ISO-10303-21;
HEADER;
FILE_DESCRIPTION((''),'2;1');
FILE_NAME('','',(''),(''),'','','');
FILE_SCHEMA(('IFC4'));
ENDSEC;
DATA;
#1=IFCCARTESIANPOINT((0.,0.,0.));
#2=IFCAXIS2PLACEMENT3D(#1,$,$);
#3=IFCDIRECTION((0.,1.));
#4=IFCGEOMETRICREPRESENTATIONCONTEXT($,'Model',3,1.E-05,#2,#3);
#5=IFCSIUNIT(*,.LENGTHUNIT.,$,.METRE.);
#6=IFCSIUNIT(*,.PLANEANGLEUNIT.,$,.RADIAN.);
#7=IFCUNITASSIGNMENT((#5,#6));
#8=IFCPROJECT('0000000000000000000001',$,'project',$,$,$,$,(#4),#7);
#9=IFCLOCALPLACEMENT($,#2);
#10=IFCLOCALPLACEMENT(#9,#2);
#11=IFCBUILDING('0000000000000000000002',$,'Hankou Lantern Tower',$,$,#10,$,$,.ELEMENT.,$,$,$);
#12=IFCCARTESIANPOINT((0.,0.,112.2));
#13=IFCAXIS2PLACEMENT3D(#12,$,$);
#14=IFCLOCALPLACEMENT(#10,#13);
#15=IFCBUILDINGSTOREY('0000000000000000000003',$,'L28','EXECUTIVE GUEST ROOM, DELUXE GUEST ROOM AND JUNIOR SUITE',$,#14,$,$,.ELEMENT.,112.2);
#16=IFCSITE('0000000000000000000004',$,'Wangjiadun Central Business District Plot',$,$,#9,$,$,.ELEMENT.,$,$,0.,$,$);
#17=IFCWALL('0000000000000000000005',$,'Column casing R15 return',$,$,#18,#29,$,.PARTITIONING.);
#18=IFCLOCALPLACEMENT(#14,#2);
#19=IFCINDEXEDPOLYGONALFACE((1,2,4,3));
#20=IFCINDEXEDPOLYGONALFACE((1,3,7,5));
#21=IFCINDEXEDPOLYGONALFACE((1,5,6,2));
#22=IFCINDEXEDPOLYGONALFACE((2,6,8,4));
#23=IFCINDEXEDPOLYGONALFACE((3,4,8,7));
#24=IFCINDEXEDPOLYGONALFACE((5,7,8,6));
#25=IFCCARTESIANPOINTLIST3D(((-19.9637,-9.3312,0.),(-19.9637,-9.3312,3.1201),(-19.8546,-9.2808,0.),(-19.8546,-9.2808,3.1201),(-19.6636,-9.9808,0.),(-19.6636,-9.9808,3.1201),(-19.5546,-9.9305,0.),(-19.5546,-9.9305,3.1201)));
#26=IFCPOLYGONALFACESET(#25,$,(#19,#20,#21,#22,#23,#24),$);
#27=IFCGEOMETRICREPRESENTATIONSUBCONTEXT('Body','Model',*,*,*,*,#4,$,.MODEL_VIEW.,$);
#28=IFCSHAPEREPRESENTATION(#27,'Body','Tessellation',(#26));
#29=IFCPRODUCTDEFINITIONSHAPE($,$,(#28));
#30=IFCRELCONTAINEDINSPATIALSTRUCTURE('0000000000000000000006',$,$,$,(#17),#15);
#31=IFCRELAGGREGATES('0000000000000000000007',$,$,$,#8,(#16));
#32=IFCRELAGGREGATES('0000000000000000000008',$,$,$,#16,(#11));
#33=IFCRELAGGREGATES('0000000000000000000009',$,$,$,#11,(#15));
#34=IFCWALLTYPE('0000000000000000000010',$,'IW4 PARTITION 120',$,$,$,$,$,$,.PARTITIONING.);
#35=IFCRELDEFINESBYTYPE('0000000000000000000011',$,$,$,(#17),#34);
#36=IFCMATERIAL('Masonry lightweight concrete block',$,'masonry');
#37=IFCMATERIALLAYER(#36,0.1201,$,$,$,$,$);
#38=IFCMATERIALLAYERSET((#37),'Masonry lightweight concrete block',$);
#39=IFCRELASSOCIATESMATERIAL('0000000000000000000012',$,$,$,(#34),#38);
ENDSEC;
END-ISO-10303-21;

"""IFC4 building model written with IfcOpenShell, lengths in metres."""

from ifc_helpers import new_model, si_unit, direction, frame, frame_2d, origin, place, context, subcontext, project, spatial, rectangle, extrude, material, layer, layer_set, type_object, element, save


model = new_model("IFC4")

# Units and contexts
model_context = context("Model", 3, precision=1e-05, world=origin(), true_north=direction((0.0, 1.0)))
body_context = subcontext(model_context, "Body", "Model", "MODEL_VIEW")
ifc_project = project(units=[si_unit("LENGTHUNIT", "METRE"), si_unit("PLANEANGLEUNIT", "RADIAN")], contexts=[model_context])

# Site, building, storey
site_placement = place(None, origin())
site = spatial("IfcSite", under=ifc_project, at=site_placement, Name="Wangjiadun Central Business District Plot", CompositionType="ELEMENT", RefElevation=0.0)
building_placement = place(site_placement, origin())
building = spatial("IfcBuilding", under=site, at=building_placement, Name="Hankou Lantern Tower", CompositionType="ELEMENT")
storey_placement = place(building_placement, frame((0.0, 0.0, 112.2)))
storey = spatial("IfcBuildingStorey", under=building, at=storey_placement, Name="L28", Description="EXECUTIVE GUEST ROOM, DELUXE GUEST ROOM AND JUNIOR SUITE", CompositionType="ELEMENT", Elevation=112.2)

# Wall
ifc_material_1 = material(Name="Masonry lightweight concrete block", Category="masonry")
ifc_layer_1 = layer(ifc_material_1, 0.1201)
ifc_layer_set_1 = layer_set([ifc_layer_1], Name="Masonry lightweight concrete block")
wall_type_1 = type_object("IfcWallType", Name="IW4 PARTITION 120", PredefinedType="PARTITIONING", material=ifc_layer_set_1)
wall_1_placement = place(storey_placement, frame((-19.9092, -9.3059, 0.0), z_axis=(0.0, 0.0, 1.0), x_axis=(0.419296, -0.90785, 0.0)))
element("IfcWall", 1, at=wall_1_placement, inside=storey, type_object=wall_type_1, Name="Column casing R15 return", PredefinedType="PARTITIONING", context=body_context, shape_type="SweptSolid", body=[
    extrude(rectangle(XDim=0.7156, YDim=0.1201, at=frame_2d((0.3579, 0.0))), origin(), (0.0, 0.0, 1.0), 3.1201),
])

save(model, "model.ifc")
